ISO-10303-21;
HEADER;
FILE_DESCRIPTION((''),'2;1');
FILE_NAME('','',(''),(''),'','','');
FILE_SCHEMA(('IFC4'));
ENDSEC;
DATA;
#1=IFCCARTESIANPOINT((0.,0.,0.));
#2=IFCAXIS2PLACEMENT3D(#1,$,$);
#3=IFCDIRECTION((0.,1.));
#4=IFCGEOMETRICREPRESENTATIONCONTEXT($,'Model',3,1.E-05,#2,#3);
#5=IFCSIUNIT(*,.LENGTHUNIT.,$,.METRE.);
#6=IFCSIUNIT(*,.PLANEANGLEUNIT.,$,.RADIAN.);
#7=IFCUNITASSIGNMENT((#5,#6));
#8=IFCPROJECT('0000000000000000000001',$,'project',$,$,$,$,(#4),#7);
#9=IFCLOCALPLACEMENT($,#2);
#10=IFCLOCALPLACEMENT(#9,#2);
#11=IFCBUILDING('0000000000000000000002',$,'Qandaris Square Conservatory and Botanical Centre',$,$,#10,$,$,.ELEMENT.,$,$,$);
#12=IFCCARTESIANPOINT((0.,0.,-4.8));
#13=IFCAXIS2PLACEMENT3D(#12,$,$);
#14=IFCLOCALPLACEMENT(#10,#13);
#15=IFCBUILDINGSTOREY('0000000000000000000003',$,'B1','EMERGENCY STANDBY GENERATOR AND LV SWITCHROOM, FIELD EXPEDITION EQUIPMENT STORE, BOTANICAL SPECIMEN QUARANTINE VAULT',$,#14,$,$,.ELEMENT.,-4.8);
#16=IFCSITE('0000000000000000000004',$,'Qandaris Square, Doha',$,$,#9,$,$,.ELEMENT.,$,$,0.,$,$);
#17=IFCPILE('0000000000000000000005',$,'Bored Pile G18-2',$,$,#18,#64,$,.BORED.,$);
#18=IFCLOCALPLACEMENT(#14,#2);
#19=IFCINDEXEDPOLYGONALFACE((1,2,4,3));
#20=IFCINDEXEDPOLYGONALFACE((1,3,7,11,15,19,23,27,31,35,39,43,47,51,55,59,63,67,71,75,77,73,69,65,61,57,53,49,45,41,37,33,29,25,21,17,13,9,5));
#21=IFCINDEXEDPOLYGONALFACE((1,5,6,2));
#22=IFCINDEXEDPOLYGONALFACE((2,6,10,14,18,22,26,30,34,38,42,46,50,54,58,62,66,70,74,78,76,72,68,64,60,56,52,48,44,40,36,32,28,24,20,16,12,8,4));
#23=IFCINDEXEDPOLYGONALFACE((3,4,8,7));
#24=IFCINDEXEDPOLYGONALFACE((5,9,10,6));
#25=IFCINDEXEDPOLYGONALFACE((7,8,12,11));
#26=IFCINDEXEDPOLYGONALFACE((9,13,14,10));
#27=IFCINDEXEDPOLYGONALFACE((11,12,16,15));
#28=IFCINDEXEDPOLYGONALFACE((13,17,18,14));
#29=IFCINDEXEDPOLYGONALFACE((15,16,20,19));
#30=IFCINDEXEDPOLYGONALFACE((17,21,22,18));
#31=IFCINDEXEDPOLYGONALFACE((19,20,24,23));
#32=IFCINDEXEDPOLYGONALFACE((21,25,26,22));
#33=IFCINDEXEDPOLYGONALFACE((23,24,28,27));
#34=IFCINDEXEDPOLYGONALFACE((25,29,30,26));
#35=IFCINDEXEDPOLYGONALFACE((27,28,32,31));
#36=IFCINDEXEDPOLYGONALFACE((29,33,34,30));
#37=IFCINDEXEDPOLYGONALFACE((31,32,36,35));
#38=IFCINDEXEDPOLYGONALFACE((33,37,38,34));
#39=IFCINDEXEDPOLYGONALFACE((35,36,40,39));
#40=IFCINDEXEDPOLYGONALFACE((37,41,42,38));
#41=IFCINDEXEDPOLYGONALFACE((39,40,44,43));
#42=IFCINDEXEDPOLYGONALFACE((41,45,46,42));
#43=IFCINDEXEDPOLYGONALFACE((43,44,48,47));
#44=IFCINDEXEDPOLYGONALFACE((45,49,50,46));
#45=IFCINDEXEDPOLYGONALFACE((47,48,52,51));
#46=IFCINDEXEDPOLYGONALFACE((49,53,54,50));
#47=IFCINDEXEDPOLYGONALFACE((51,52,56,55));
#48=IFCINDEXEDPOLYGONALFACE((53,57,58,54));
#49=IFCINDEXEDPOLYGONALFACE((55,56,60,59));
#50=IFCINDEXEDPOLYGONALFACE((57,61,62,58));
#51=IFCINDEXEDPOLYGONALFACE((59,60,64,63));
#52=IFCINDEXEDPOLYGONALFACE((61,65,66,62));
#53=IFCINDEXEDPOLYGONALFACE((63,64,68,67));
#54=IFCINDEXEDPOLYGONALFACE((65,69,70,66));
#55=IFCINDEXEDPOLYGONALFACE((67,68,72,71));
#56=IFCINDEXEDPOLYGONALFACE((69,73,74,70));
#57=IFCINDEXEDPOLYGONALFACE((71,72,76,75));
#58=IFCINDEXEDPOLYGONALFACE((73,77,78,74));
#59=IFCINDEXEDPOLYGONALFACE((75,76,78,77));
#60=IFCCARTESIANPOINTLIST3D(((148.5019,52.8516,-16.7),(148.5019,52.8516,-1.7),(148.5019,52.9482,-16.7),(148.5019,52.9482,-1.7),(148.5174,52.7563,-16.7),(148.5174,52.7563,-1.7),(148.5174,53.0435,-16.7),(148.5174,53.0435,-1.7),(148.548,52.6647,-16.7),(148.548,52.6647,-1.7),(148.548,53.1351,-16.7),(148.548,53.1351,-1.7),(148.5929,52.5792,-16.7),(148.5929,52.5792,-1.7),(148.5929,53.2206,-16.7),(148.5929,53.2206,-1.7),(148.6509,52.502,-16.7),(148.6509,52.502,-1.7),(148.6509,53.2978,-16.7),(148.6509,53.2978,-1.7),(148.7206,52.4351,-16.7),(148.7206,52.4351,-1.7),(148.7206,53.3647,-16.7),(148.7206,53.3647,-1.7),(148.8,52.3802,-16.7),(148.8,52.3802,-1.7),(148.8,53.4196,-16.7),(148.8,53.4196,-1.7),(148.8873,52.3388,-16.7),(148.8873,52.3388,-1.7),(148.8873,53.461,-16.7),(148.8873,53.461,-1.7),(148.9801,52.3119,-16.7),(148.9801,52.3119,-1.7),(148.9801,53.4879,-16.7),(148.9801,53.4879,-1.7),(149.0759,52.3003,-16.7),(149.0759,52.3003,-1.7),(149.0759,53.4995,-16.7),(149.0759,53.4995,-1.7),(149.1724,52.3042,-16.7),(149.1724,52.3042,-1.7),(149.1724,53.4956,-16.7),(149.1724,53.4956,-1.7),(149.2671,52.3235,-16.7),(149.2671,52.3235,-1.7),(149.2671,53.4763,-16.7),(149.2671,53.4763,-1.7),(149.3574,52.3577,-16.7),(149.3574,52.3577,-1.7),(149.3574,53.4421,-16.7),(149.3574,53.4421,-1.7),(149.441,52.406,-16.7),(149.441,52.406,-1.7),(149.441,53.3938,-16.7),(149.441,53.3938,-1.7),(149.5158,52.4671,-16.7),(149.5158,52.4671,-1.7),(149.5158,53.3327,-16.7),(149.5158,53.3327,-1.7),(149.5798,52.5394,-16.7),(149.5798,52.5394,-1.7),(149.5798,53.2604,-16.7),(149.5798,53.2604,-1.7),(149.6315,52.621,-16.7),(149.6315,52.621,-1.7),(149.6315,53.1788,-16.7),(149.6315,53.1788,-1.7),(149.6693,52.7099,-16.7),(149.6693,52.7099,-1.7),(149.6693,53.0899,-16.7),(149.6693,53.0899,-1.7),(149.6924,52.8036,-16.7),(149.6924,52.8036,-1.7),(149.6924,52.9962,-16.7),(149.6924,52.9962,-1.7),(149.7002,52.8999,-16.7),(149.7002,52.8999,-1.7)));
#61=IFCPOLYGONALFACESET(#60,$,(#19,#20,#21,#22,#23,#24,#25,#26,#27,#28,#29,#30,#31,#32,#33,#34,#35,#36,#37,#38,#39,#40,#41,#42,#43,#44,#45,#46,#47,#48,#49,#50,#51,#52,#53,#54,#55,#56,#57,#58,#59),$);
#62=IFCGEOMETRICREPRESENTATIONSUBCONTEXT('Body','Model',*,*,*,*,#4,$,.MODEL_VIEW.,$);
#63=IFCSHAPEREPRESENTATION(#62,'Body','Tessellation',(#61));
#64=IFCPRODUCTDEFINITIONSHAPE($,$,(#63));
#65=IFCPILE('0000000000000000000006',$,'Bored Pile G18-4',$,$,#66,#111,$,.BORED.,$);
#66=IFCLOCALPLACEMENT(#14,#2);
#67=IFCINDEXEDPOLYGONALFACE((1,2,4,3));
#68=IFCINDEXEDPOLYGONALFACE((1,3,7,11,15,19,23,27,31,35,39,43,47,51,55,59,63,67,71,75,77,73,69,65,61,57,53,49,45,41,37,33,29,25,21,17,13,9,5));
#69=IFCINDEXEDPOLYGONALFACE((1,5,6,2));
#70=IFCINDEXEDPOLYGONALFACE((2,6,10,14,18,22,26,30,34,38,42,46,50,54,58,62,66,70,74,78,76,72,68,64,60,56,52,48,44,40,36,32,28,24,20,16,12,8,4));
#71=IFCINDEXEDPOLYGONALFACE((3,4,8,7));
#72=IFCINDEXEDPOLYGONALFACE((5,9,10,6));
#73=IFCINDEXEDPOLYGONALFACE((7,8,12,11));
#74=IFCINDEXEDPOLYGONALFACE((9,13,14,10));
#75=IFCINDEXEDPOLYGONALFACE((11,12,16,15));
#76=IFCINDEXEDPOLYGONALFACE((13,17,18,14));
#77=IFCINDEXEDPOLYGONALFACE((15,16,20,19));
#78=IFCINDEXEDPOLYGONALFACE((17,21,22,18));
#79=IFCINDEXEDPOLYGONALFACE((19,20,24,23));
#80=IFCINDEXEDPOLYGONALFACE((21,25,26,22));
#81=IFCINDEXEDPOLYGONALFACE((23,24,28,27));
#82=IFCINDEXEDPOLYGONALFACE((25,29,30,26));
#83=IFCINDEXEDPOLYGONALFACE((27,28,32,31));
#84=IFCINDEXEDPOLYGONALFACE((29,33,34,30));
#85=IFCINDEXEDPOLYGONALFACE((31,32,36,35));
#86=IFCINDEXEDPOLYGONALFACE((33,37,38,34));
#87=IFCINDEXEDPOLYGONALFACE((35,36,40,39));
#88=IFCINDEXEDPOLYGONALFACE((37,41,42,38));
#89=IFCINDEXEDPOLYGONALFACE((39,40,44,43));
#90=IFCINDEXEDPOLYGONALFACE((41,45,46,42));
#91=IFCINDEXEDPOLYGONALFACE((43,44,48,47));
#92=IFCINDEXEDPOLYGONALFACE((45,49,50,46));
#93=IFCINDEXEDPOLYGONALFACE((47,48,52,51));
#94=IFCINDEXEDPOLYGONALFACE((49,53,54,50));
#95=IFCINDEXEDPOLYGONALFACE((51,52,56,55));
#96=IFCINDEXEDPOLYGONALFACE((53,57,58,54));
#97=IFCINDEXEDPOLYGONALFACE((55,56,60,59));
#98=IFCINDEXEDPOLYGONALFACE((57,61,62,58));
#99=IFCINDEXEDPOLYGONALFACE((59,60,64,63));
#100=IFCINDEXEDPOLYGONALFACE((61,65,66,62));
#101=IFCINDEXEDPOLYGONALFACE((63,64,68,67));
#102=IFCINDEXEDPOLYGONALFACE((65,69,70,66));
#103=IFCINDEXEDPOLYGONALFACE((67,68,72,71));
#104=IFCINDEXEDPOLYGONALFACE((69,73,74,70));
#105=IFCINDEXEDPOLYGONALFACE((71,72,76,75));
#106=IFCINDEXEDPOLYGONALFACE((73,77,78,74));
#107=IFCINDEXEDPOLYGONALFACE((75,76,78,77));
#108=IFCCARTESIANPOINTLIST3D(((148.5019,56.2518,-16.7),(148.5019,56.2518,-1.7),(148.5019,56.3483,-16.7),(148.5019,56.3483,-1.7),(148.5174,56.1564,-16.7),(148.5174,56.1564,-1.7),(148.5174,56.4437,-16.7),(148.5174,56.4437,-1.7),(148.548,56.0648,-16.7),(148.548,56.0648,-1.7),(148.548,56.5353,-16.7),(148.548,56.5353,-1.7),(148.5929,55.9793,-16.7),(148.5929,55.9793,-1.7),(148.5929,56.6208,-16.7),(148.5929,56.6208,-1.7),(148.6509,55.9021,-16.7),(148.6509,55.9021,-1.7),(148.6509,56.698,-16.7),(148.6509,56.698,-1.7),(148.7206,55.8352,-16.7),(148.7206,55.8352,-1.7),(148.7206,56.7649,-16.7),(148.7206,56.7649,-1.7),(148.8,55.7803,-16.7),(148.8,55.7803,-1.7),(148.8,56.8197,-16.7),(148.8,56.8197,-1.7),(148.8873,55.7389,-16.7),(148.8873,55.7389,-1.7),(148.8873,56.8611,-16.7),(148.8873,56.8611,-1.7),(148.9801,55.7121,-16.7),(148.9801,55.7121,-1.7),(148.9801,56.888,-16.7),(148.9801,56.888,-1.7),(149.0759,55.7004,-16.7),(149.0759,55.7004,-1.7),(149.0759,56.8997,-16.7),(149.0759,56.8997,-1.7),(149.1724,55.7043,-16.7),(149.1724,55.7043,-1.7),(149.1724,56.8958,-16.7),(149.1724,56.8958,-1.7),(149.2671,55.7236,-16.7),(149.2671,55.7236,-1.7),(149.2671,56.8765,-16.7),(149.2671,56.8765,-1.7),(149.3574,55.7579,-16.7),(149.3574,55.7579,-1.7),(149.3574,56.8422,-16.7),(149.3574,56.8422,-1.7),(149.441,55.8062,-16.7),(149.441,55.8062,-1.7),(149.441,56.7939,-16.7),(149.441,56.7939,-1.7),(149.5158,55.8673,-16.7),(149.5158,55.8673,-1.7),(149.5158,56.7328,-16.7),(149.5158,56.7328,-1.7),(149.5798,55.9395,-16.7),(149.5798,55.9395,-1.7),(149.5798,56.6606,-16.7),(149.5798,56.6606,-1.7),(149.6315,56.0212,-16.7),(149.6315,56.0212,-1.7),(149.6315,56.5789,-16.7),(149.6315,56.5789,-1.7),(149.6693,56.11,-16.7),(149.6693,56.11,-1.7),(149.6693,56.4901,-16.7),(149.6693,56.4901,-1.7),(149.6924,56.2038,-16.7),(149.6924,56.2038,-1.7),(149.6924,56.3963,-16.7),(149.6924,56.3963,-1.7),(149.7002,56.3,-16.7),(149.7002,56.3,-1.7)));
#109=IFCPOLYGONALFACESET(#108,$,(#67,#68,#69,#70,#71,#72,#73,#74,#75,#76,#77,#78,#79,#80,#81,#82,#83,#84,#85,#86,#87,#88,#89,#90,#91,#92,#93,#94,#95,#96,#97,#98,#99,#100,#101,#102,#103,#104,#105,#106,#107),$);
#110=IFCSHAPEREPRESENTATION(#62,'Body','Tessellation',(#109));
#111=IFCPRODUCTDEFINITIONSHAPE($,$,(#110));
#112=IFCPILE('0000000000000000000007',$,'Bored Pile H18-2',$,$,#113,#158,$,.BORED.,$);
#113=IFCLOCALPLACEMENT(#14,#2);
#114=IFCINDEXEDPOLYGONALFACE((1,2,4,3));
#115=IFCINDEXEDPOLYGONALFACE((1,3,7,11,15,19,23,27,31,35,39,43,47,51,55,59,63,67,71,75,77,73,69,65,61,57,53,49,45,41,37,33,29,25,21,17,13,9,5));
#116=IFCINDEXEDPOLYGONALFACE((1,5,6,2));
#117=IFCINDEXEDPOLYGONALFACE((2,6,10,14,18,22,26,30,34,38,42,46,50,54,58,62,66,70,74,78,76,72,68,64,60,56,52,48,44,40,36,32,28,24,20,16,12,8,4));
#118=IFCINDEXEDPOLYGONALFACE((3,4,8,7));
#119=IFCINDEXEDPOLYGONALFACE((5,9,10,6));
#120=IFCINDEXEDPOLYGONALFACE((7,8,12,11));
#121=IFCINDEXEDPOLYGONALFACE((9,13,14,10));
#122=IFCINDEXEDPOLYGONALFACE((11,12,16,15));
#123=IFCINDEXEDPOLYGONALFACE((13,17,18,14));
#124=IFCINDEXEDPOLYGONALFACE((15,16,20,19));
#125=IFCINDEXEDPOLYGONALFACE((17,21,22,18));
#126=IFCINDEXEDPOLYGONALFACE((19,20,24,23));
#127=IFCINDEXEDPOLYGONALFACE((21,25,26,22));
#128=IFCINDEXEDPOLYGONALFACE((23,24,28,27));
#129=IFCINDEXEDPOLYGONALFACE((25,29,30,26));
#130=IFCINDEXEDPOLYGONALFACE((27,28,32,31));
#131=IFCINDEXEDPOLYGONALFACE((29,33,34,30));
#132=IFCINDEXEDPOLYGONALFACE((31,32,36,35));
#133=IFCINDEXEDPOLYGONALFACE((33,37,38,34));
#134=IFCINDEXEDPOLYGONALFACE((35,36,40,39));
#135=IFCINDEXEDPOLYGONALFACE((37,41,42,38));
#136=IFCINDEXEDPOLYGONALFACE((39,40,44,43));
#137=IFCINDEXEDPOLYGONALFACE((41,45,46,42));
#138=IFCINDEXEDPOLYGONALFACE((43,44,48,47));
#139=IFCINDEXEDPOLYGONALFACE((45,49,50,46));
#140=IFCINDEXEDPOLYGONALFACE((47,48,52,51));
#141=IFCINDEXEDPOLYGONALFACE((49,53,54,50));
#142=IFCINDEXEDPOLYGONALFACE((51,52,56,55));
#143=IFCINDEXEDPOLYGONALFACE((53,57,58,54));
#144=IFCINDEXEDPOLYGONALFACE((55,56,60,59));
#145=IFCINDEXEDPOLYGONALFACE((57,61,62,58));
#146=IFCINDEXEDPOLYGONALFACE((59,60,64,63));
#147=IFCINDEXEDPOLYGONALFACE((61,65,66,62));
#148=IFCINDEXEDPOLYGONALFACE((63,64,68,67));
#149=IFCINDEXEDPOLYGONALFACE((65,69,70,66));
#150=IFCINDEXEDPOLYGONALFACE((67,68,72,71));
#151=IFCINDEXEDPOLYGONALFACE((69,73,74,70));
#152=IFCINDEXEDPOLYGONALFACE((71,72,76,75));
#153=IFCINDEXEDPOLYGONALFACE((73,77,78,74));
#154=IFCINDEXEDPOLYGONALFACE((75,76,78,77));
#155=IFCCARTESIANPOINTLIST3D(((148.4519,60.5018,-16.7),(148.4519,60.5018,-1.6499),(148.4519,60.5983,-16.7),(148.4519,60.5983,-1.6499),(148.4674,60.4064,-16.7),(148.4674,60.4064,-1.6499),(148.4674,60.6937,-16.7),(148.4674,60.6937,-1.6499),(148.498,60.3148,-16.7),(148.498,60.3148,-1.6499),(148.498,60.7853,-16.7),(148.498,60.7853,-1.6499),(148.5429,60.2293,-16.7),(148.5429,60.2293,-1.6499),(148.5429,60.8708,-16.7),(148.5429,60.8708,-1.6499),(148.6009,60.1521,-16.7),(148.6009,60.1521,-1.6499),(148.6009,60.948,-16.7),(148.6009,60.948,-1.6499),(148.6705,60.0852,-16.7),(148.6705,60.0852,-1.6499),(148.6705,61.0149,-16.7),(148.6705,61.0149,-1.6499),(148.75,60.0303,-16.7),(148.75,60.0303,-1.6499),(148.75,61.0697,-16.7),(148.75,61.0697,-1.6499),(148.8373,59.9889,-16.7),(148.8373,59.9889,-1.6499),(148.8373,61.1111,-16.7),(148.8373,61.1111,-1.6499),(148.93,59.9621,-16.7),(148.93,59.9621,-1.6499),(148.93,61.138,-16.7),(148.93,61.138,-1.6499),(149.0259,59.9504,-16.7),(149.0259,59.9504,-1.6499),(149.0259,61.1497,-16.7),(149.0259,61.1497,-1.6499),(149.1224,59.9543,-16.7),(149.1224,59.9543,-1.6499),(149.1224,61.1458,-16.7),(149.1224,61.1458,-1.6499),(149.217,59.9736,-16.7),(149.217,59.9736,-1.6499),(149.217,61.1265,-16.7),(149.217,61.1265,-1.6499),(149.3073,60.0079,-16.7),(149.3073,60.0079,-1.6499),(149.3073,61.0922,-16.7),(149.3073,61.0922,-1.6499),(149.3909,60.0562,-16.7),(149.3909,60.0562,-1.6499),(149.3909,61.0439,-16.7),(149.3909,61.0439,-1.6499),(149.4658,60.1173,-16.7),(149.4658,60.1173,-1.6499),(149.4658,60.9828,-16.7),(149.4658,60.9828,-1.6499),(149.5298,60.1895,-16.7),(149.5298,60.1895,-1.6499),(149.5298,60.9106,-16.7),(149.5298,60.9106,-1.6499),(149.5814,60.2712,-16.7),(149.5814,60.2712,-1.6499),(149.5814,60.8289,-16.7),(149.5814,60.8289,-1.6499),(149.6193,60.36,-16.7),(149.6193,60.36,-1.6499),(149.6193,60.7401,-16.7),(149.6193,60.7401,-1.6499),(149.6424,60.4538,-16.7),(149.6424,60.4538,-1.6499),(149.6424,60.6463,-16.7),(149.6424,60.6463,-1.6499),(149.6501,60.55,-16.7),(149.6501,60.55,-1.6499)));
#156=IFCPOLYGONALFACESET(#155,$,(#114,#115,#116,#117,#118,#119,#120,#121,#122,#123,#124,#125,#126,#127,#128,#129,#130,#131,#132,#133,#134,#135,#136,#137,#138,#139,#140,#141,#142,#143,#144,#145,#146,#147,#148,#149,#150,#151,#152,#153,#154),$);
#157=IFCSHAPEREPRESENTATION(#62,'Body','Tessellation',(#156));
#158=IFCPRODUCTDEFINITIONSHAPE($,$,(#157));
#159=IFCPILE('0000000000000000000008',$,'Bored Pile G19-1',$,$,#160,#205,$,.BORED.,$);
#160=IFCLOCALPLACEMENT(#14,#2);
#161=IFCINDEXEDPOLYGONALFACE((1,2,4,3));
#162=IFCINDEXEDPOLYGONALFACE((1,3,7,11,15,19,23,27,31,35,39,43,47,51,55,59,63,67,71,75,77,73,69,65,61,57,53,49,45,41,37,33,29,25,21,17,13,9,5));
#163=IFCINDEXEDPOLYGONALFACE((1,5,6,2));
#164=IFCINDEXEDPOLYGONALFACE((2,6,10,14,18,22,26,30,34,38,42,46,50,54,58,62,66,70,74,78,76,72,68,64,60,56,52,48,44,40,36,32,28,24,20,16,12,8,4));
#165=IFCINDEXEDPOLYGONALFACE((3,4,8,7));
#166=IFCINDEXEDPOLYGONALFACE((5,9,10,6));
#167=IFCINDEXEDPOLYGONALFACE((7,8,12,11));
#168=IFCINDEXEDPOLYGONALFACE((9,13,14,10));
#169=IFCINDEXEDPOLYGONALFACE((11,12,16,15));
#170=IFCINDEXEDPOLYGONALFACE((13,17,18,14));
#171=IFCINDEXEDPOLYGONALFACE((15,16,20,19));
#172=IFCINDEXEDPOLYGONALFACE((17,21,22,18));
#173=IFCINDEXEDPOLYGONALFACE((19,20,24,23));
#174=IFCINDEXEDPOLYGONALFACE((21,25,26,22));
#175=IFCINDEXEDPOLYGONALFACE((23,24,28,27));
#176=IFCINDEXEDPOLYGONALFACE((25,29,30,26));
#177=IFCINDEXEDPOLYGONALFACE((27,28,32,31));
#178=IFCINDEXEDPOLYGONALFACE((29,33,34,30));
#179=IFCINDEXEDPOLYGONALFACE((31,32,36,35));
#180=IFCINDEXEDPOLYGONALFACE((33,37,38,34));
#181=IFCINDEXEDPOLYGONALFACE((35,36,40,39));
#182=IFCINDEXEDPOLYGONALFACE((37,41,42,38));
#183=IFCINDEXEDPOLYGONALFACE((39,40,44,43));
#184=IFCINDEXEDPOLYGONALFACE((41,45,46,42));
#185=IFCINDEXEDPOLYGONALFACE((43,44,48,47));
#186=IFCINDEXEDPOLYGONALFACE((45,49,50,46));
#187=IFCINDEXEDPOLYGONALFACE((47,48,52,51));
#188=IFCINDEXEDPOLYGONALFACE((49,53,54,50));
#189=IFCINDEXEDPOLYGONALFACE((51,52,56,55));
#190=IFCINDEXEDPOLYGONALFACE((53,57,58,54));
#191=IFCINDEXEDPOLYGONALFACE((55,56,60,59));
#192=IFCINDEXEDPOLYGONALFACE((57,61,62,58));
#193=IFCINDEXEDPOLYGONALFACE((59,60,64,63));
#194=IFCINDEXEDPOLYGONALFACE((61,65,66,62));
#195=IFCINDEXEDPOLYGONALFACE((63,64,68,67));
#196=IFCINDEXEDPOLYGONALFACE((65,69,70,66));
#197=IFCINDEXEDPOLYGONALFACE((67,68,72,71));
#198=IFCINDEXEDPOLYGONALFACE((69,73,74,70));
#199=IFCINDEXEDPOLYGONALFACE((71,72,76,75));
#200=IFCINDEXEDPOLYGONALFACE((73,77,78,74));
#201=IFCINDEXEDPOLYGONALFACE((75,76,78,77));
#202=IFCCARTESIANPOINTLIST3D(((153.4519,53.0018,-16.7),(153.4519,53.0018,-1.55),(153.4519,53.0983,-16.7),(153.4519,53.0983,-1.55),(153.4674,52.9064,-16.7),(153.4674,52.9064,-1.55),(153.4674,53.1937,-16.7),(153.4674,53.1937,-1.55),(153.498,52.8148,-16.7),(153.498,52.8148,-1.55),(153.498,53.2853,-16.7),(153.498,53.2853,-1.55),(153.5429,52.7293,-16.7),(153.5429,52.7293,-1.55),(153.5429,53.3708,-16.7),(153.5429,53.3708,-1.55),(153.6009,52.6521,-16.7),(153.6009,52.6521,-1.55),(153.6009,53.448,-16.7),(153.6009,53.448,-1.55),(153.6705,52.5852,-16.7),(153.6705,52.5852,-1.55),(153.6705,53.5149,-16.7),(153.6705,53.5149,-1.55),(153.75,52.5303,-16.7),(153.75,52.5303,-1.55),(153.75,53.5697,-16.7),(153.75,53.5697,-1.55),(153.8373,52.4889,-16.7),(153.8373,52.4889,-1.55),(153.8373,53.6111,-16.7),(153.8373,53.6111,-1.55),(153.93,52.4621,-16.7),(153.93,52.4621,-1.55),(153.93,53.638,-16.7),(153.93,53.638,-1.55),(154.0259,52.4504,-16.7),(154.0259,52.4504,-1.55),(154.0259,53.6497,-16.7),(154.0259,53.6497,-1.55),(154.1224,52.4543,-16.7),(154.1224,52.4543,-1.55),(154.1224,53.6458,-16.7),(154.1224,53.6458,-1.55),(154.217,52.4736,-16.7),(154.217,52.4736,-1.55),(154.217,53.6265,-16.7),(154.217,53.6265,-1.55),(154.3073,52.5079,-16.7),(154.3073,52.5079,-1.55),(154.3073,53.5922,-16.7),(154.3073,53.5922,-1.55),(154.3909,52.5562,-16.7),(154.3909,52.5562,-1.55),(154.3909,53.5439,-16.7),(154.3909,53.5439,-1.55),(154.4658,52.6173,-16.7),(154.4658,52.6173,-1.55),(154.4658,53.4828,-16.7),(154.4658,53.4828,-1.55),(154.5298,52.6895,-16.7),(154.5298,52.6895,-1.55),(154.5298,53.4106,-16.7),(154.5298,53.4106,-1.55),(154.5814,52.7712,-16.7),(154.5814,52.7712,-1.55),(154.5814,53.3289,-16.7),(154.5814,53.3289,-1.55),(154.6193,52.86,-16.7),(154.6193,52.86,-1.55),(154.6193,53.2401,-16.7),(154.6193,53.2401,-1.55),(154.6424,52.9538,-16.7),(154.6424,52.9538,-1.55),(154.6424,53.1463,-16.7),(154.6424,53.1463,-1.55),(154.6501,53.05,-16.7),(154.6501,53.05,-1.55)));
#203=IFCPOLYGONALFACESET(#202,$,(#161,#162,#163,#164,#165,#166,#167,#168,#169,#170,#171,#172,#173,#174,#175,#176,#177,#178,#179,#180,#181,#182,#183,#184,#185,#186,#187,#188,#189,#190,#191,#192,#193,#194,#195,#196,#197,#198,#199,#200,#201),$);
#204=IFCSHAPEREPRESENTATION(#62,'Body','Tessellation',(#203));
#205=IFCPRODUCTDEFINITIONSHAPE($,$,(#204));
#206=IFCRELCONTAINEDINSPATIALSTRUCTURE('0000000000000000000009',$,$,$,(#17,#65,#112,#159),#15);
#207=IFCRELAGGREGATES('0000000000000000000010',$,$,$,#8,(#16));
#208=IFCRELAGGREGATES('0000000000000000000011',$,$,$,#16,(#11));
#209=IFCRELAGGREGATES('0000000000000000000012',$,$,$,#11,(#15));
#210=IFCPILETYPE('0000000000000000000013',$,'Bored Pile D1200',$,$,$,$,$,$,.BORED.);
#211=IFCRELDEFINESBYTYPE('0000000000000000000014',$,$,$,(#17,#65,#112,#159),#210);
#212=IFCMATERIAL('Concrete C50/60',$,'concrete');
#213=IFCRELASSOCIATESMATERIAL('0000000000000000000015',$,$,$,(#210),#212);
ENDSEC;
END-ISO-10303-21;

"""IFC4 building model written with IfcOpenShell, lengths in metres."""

from ifc_helpers import new_model, si_unit, direction, frame, origin, origin_2d, place, context, subcontext, project, spatial, circle, extrude, material, material_profile, profile_set, type_object, element, save


model = new_model("IFC4")

# Units and contexts
model_context = context("Model", 3, precision=1e-05, world=origin(), true_north=direction((0.0, 1.0)))
body_context = subcontext(model_context, "Body", "Model", "MODEL_VIEW")
ifc_project = project(units=[si_unit("LENGTHUNIT", "METRE"), si_unit("PLANEANGLEUNIT", "RADIAN")], contexts=[model_context])

# Site, building, storey
site_placement = place(None, origin())
site = spatial("IfcSite", under=ifc_project, at=site_placement, Name="Qandaris Square, Doha", CompositionType="ELEMENT", RefElevation=0.0)
building_placement = place(site_placement, origin())
building = spatial("IfcBuilding", under=site, at=building_placement, Name="Qandaris Square Conservatory and Botanical Centre", CompositionType="ELEMENT")
storey_placement = place(building_placement, frame((0.0, 0.0, -4.8)))
storey = spatial("IfcBuildingStorey", under=building, at=storey_placement, Name="B1", Description="EMERGENCY STANDBY GENERATOR AND LV SWITCHROOM, FIELD EXPEDITION EQUIPMENT STORE, BOTANICAL SPECIMEN QUARANTINE VAULT", CompositionType="ELEMENT", Elevation=-4.8)

# Piles
ifc_material_1 = material(Name="Concrete C50/60", Category="concrete")
ifc_material_profile_1 = material_profile(ifc_material_1, circle(Radius=0.6001, at=origin_2d()), Name="PILE D1200")
ifc_profile_set_1 = profile_set([ifc_material_profile_1], Name="Concrete C50/60")
pile_type = type_object("IfcPileType", Name="Bored Pile D1200", PredefinedType="BORED", material=ifc_profile_set_1)
for number, where, z_axis, x_axis, name in (
    (1, (149.1001, 52.8999, -1.7), (0.0, 0.0, -1.0), (1.0, 0.0, 0.0), "Bored Pile G18-2"),
    (2, (149.1001, 56.3, -1.7), (0.0, 0.0, -1.0), (1.0, 0.0, 0.0), "Bored Pile G18-4"),
):
    element("IfcPile", number, at=place(storey_placement, frame(where, z_axis=z_axis, x_axis=x_axis)), inside=storey, type_object=pile_type, Name=name, PredefinedType="BORED", context=body_context, shape_type="SweptSolid", body=[
        extrude(circle(Radius=0.6001, at=origin_2d()), origin(), (0.0, 0.0, 1.0), 15.0),
    ])
pile_1_placement = place(storey_placement, frame((149.05, 60.55, -1.6499), z_axis=(0.0, 0.0, -1.0), x_axis=(1.0, 0.0, 0.0)))
element("IfcPile", 3, at=pile_1_placement, inside=storey, type_object=pile_type, Name="Bored Pile H18-2", PredefinedType="BORED", context=body_context, shape_type="SweptSolid", body=[
    extrude(circle(Radius=0.6001, at=origin_2d()), origin(), (0.0, 0.0, 1.0), 15.05),
])
for number, where, z_axis, x_axis, name in (
    (4, (154.05, 53.05, -1.55), (0.0, 0.0, -1.0), (1.0, 0.0, 0.0), "Bored Pile G19-1"),
):
    element("IfcPile", number, at=place(storey_placement, frame(where, z_axis=z_axis, x_axis=x_axis)), inside=storey, type_object=pile_type, Name=name, PredefinedType="BORED", context=body_context, shape_type="SweptSolid", body=[
        extrude(circle(Radius=0.6001, at=origin_2d()), origin(), (0.0, 0.0, 1.0), 15.1499),
    ])

save(model, "model.ifc")
